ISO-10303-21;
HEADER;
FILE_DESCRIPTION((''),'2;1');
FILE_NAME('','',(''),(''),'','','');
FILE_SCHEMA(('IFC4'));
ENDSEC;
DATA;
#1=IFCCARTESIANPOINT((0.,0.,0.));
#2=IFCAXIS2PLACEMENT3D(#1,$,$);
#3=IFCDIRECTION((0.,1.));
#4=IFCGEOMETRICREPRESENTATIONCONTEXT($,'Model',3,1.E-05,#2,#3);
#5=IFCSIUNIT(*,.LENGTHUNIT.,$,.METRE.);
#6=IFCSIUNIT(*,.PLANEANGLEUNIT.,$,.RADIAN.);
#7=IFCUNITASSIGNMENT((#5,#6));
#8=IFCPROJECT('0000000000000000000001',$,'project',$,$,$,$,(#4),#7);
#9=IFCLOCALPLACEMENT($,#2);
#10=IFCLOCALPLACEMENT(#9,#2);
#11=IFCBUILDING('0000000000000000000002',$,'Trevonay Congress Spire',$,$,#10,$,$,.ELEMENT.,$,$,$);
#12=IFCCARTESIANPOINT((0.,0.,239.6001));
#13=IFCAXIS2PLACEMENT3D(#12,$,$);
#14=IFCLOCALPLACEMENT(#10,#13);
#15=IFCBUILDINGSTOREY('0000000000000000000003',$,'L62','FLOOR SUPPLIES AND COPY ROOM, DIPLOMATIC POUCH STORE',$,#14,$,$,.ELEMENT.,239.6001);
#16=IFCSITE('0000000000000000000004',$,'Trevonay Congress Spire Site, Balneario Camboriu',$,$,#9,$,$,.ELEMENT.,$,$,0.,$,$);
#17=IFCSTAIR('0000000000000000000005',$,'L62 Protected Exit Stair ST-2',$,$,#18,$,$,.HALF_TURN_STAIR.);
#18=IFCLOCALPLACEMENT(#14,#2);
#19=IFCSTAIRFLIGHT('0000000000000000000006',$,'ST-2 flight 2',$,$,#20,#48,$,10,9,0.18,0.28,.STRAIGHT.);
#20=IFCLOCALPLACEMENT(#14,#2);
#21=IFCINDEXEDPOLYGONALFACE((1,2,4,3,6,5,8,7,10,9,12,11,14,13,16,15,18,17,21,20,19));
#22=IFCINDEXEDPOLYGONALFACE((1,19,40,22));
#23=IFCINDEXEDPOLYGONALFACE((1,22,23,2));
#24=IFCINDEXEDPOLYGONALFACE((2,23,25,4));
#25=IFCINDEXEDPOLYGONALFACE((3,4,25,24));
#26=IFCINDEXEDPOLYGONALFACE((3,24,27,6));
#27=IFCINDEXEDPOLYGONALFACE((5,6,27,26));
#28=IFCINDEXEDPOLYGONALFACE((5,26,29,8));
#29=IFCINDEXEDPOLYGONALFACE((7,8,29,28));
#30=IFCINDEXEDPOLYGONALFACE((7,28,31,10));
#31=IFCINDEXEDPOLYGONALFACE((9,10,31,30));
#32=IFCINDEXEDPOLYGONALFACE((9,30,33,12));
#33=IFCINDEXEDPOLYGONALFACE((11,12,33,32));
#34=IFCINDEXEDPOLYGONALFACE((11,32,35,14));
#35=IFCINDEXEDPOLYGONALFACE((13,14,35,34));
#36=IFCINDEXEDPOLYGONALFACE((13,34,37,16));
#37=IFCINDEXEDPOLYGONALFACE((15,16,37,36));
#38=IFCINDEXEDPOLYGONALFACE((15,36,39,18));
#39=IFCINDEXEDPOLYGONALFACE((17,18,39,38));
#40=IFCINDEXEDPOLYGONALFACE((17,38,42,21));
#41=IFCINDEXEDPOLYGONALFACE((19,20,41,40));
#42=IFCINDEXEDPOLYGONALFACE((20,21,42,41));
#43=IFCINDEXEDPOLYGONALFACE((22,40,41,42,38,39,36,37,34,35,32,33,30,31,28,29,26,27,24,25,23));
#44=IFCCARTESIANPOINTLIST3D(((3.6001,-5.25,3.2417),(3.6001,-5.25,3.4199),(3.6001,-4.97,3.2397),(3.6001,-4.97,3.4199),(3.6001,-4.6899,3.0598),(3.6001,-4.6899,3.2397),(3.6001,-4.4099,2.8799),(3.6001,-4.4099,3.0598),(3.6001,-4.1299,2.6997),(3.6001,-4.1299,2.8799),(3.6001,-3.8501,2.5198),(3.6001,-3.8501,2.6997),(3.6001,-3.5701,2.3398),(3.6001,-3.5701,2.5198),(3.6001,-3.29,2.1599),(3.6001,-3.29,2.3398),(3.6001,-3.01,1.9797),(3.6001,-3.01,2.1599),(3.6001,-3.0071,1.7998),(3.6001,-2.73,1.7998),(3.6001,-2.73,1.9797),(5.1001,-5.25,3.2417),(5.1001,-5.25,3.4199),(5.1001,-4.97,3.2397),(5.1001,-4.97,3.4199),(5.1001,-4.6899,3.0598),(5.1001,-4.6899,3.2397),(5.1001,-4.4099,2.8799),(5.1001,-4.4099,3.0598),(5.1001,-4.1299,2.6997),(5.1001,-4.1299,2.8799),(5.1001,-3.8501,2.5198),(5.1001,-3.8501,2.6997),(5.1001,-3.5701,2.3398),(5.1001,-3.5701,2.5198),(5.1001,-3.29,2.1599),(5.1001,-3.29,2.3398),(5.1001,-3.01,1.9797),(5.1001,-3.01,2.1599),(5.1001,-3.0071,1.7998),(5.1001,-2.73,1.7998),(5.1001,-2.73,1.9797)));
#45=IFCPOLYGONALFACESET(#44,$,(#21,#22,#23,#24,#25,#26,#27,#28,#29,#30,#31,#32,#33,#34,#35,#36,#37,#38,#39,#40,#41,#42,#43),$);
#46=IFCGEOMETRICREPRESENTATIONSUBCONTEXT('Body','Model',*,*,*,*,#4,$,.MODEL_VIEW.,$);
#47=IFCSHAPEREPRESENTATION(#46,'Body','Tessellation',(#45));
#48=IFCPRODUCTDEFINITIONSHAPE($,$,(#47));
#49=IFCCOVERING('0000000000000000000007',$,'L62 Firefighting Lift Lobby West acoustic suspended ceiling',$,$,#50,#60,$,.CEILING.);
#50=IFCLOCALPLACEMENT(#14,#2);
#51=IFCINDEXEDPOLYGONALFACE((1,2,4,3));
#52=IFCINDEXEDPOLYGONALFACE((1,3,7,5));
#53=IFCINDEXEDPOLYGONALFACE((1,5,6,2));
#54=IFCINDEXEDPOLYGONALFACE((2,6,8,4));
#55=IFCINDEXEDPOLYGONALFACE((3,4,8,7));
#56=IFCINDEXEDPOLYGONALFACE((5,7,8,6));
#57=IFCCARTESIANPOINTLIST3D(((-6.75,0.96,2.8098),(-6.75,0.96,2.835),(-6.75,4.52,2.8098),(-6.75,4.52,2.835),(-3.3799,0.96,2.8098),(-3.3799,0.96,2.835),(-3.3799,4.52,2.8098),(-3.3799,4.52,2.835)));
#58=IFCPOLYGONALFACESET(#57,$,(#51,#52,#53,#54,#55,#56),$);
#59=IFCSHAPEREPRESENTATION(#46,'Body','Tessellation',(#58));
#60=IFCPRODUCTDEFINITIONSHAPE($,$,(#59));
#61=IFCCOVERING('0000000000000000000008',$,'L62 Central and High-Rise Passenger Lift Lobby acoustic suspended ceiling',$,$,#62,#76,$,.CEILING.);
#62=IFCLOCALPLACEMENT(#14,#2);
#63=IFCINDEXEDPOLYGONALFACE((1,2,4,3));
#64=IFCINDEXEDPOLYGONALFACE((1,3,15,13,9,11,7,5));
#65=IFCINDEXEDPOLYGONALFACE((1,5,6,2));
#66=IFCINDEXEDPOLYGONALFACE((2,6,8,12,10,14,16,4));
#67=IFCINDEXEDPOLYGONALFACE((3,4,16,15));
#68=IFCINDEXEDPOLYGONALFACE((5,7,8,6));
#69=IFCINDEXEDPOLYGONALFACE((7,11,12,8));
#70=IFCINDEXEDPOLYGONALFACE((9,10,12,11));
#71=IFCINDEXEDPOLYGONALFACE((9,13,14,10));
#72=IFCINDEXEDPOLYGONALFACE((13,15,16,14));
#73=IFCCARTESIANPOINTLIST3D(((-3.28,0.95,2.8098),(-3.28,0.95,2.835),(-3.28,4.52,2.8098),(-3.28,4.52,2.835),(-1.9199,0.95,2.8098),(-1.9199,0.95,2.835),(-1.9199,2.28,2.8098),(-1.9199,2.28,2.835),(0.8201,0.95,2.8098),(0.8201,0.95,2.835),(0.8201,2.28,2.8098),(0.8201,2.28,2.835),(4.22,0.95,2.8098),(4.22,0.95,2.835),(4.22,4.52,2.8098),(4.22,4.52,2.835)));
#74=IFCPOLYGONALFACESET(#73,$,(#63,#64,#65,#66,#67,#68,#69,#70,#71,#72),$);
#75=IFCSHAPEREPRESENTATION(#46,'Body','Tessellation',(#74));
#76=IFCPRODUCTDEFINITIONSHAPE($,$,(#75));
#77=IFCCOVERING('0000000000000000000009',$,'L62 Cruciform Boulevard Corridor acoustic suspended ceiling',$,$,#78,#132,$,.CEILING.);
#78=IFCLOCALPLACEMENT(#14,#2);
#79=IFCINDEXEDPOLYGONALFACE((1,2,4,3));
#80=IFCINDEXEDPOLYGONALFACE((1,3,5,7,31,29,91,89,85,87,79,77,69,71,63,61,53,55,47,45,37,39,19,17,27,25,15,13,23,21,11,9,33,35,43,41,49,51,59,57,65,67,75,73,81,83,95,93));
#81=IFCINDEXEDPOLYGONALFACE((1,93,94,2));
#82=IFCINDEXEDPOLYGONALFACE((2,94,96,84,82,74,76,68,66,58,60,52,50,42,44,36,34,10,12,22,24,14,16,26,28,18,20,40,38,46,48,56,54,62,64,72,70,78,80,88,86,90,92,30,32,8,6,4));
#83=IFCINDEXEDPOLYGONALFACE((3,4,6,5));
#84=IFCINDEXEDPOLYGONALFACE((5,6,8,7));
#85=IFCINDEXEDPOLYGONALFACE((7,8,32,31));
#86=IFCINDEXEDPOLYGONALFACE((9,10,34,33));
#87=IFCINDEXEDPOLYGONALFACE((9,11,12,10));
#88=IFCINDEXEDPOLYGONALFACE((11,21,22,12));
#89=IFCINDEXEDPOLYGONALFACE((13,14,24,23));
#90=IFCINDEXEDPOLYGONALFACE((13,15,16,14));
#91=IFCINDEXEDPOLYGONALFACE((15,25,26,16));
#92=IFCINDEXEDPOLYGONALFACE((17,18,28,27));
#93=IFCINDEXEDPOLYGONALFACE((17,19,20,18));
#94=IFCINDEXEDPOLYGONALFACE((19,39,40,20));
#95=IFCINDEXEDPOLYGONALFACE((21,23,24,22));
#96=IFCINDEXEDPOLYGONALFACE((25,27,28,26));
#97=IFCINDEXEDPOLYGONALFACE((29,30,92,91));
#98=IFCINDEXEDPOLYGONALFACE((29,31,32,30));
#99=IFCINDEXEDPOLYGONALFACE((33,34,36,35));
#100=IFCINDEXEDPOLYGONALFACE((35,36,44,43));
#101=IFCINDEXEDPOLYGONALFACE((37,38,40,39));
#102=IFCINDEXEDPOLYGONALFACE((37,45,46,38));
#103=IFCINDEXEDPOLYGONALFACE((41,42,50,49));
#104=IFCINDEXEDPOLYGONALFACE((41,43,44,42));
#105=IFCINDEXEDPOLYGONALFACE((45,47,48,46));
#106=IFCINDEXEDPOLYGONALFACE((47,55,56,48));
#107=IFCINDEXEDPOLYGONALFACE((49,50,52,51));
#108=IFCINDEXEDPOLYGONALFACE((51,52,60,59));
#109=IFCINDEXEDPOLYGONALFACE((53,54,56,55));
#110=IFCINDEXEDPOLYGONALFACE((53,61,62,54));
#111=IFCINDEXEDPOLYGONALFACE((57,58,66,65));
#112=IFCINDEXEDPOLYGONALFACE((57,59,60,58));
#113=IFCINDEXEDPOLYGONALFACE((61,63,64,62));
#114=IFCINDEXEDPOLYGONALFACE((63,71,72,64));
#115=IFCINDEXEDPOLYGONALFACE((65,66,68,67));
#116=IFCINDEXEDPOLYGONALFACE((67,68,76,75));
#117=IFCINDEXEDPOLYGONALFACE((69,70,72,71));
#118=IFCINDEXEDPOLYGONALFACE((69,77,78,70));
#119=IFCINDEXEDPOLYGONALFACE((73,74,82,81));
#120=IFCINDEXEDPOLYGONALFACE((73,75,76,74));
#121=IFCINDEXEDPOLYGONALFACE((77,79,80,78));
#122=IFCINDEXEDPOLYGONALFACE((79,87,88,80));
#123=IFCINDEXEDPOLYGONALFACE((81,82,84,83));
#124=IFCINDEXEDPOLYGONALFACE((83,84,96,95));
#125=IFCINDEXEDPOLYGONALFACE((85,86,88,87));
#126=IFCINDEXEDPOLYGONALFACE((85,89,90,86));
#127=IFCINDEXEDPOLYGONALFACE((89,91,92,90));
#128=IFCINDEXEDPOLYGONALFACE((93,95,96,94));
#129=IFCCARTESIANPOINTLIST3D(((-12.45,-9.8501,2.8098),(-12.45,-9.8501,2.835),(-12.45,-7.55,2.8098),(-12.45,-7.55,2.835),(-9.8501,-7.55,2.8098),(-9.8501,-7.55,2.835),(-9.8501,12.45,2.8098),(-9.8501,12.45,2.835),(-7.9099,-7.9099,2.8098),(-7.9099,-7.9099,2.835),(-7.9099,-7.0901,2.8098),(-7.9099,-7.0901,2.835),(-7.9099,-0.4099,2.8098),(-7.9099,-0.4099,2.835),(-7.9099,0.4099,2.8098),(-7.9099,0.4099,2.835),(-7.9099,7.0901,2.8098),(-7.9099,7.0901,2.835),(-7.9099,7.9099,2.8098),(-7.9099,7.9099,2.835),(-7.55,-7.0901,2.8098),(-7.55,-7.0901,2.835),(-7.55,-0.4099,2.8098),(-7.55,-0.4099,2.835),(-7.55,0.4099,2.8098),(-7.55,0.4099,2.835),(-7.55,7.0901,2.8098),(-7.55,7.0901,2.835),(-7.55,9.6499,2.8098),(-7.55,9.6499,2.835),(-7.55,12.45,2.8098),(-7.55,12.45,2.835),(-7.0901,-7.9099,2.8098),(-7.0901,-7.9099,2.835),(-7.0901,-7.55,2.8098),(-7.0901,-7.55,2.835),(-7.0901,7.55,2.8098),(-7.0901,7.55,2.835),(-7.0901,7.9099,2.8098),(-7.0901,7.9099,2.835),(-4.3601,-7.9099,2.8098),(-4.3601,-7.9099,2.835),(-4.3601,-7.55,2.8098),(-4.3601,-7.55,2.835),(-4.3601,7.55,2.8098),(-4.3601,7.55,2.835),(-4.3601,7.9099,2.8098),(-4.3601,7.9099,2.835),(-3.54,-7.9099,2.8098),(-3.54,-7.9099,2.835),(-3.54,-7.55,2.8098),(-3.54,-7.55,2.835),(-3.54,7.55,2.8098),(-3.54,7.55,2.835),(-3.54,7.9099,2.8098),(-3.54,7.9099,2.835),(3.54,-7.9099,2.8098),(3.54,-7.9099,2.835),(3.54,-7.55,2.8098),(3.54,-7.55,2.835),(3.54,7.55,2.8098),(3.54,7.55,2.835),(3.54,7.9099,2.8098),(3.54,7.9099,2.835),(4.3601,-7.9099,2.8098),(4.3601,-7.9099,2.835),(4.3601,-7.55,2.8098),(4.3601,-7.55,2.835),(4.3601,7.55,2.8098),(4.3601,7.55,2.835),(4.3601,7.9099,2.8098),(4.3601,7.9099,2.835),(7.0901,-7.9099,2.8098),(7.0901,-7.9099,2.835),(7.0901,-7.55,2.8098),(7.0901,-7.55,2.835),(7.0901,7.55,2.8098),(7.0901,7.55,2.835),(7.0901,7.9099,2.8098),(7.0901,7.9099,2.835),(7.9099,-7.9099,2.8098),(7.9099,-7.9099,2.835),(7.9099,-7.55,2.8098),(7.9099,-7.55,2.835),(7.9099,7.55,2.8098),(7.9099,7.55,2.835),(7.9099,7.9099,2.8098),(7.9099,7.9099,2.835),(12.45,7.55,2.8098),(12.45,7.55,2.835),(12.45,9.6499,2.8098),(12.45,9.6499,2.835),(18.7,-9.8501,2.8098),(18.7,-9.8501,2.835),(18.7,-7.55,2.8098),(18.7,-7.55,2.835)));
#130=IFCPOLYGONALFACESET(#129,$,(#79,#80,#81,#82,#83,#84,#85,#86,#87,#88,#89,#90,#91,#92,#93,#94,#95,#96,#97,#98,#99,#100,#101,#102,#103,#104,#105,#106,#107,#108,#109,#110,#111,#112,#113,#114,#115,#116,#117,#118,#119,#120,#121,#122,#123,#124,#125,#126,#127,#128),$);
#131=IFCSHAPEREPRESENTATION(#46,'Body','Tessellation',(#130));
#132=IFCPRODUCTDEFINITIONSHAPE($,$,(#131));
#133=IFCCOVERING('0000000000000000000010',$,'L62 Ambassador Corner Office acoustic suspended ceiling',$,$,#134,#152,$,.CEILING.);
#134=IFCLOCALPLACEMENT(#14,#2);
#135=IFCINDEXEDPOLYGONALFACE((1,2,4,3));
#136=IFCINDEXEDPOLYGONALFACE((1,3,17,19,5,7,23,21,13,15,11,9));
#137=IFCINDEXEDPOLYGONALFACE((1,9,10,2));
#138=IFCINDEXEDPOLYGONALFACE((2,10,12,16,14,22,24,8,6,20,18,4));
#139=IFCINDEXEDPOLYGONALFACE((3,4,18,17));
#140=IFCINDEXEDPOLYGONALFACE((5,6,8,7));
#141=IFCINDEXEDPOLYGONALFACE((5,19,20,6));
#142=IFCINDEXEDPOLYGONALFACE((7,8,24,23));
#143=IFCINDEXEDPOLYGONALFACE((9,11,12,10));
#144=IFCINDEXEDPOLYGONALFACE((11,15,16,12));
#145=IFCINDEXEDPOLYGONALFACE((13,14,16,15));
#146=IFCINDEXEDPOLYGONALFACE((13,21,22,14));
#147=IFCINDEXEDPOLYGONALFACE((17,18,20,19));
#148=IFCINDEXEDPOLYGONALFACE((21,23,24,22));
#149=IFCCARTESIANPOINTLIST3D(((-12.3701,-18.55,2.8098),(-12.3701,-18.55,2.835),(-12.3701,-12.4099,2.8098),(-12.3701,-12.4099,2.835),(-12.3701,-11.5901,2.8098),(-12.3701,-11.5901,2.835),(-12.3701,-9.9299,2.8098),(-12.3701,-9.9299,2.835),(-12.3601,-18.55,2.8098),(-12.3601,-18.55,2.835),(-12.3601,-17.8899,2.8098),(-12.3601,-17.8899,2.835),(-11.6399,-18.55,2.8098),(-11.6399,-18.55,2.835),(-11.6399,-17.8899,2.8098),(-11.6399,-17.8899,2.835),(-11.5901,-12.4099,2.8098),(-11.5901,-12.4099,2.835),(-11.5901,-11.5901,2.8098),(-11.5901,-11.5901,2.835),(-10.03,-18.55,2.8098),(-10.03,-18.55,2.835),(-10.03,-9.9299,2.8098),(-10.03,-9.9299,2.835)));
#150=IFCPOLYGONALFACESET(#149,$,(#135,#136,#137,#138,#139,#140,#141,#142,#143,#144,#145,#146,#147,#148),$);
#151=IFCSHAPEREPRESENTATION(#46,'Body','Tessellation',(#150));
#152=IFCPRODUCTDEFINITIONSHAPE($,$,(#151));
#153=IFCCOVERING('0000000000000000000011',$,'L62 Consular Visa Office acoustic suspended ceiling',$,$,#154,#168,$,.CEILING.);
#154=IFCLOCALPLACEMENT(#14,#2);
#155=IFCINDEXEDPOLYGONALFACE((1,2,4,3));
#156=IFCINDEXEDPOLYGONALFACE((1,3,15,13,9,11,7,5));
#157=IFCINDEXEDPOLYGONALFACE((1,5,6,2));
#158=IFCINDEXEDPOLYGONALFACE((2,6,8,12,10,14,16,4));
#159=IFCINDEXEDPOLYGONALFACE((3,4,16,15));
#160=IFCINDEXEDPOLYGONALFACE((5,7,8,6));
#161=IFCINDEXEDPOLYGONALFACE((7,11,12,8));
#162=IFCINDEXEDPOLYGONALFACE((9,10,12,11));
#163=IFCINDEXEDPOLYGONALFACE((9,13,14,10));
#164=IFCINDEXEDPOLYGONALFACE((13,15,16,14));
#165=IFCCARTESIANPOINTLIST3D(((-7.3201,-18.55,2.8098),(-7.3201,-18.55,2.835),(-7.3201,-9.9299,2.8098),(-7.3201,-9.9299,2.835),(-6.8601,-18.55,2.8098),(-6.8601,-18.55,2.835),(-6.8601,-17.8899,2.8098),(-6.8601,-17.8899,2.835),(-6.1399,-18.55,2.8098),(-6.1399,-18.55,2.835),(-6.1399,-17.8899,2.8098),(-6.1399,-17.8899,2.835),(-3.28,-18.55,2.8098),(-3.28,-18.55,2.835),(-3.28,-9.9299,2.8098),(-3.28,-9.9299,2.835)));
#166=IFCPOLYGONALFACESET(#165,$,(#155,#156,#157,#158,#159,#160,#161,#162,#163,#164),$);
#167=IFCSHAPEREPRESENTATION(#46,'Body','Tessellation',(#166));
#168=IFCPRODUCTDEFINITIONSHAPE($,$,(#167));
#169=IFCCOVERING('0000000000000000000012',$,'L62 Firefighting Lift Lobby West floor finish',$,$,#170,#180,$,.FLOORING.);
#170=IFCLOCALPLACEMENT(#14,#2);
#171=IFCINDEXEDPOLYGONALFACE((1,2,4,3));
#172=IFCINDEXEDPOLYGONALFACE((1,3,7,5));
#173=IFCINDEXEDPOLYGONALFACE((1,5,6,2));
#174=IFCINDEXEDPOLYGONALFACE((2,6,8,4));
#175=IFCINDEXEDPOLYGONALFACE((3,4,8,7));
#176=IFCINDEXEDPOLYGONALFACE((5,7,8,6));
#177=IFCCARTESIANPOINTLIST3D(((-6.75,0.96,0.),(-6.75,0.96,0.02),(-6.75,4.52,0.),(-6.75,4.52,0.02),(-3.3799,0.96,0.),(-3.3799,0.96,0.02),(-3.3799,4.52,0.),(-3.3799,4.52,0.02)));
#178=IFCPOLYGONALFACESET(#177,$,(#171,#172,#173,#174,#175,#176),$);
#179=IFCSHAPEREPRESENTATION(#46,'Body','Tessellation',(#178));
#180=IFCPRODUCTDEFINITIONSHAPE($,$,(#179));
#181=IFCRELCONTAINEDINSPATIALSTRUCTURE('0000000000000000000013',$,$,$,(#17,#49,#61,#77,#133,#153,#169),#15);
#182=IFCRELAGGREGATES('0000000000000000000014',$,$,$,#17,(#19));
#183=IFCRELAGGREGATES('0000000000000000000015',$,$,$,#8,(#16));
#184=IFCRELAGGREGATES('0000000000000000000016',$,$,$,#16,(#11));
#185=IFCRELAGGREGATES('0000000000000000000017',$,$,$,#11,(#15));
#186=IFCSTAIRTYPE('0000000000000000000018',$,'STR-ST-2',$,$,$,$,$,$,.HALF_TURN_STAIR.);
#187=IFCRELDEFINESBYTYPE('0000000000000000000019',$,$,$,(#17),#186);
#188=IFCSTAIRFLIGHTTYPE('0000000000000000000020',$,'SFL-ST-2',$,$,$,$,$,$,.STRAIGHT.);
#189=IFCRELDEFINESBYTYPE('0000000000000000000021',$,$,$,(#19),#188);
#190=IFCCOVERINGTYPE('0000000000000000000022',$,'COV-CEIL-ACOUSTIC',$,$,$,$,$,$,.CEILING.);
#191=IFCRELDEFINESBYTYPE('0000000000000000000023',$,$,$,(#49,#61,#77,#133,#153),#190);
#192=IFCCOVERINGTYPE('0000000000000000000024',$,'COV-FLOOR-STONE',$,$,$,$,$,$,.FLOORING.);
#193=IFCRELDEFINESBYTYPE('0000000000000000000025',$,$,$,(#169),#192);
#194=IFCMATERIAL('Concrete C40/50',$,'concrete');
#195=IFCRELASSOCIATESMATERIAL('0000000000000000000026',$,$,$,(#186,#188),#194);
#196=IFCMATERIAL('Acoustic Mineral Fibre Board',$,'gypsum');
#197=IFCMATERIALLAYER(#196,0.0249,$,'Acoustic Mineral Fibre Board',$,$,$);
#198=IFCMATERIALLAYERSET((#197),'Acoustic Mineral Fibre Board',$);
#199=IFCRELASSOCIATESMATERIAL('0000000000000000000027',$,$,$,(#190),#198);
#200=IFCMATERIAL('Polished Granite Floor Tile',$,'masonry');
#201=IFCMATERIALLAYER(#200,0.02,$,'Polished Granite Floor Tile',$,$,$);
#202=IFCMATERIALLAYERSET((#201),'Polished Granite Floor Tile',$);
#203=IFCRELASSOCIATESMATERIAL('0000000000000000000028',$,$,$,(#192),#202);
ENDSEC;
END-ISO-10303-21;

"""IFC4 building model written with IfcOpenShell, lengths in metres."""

from ifc_helpers import new_model, si_unit, direction, frame, origin, place, context, subcontext, project, spatial, polyline, outline, extrude, material, layer, layer_set, type_object, element, aggregate, save


model = new_model("IFC4")

# Units and contexts
model_context = context("Model", 3, precision=1e-05, world=origin(), true_north=direction((0.0, 1.0)))
body_context = subcontext(model_context, "Body", "Model", "MODEL_VIEW")
ifc_project = project(units=[si_unit("LENGTHUNIT", "METRE"), si_unit("PLANEANGLEUNIT", "RADIAN")], contexts=[model_context])

# Site, building, storey
site_placement = place(None, origin())
site = spatial("IfcSite", under=ifc_project, at=site_placement, Name="Trevonay Congress Spire Site, Balneario Camboriu", CompositionType="ELEMENT", RefElevation=0.0)
building_placement = place(site_placement, origin())
building = spatial("IfcBuilding", under=site, at=building_placement, Name="Trevonay Congress Spire", CompositionType="ELEMENT")
storey_placement = place(building_placement, frame((0.0, 0.0, 239.6001)))
storey = spatial("IfcBuildingStorey", under=building, at=storey_placement, Name="L62", Description="FLOOR SUPPLIES AND COPY ROOM, DIPLOMATIC POUCH STORE", CompositionType="ELEMENT", Elevation=239.6001)

# Shared definitions
ifc_material_1 = material(Name="Concrete C40/50", Category="concrete")

# Stair, stair flight
stair_type = type_object("IfcStairType", Name="STR-ST-2", PredefinedType="HALF_TURN_STAIR", material=ifc_material_1)
stair_placement = place(storey_placement, origin())
stair = element("IfcStair", 1, at=stair_placement, inside=storey, type_object=stair_type, Name="L62 Protected Exit Stair ST-2", PredefinedType="HALF_TURN_STAIR")
stair_flight_type = type_object("IfcStairFlightType", Name="SFL-ST-2", PredefinedType="STRAIGHT", material=ifc_material_1)
stair_flight_1_placement = place(storey_placement, frame((4.3501, -2.73, 1.7998), z_axis=(0.0, 0.0, 1.0), x_axis=(0.0, -1.0, 0.0)))
stair_flight_1 = element("IfcStairFlight", 2, at=stair_flight_1_placement, type_object=stair_flight_type, Name="ST-2 flight 2", NumberOfRisers=10, NumberOfTreads=9, PredefinedType="STRAIGHT", RiserHeight=0.18, TreadLength=0.28, context=body_context, shape_type="SweptSolid", body=[
    extrude(outline(polyline([(0.0, 0.0), (0.0, 0.1799), (0.28, 0.1799), (0.28, 0.3601), (0.5601, 0.3601), (0.5601, 0.54), (0.8401, 0.54), (0.8401, 0.72), (1.1201, 0.72), (1.1201, 0.8999), (1.3999, 0.8999), (1.3999, 1.0801), (1.6799, 1.0801), (1.6799, 1.26), (1.96, 1.26), (1.96, 1.4399), (2.24, 1.4399), (2.24, 1.6201), (2.52, 1.6201), (2.52, 1.8), (2.52, 1.4419), (0.2771, 0.0), (0.0, 0.0)])), frame((0.0, 0.75, 0.0), z_axis=(0.0, -1.0, 0.0), x_axis=(1.0, 0.0, 0.0)), (0.0, 0.0, 1.0), 1.5),
])
aggregate(stair, [stair_flight_1])

# Coverings
ifc_material_2 = material(Name="Acoustic Mineral Fibre Board", Category="gypsum")
ifc_layer_1 = layer(ifc_material_2, 0.0249, Name="Acoustic Mineral Fibre Board")
ifc_layer_set_1 = layer_set([ifc_layer_1], Name="Acoustic Mineral Fibre Board")
covering_type_1 = type_object("IfcCoveringType", Name="COV-CEIL-ACOUSTIC", PredefinedType="CEILING", material=ifc_layer_set_1)
covering_1_placement = place(storey_placement, frame((0.0, 0.0, 2.8098)))
element("IfcCovering", 3, at=covering_1_placement, inside=storey, type_object=covering_type_1, Name="L62 Firefighting Lift Lobby West acoustic suspended ceiling", PredefinedType="CEILING", context=body_context, shape_type="SweptSolid", body=[
    extrude(outline(polyline([(-6.75, 0.96), (-3.3799, 0.96), (-3.3799, 4.52), (-6.75, 4.52), (-6.75, 0.96)])), origin(), (0.0, 0.0, 1.0), 0.0251),
])
covering_2_placement = place(storey_placement, frame((0.0, 0.0, 2.8098)))
element("IfcCovering", 4, at=covering_2_placement, inside=storey, type_object=covering_type_1, Name="L62 Central and High-Rise Passenger Lift Lobby acoustic suspended ceiling", PredefinedType="CEILING", context=body_context, shape_type="SweptSolid", body=[
    extrude(outline(polyline([(-3.28, 0.95), (-1.9199, 0.95), (-1.9199, 2.28), (0.8201, 2.28), (0.8201, 0.95), (4.22, 0.95), (4.22, 4.52), (-3.28, 4.52), (-3.28, 0.95)])), origin(), (0.0, 0.0, 1.0), 0.0251),
])
covering_3_placement = place(storey_placement, frame((0.0, 0.0, 2.8098)))
element("IfcCovering", 5, at=covering_3_placement, inside=storey, type_object=covering_type_1, Name="L62 Cruciform Boulevard Corridor acoustic suspended ceiling", PredefinedType="CEILING", context=body_context, shape_type="SweptSolid", body=[
    extrude(outline(polyline([(18.7, -7.55), (18.7, -9.8501), (-12.45, -9.8501), (-12.45, -7.55), (-9.8501, -7.55), (-9.8501, 12.45), (-7.55, 12.45), (-7.55, 9.6499), (12.45, 9.6499), (12.45, 7.55), (7.9099, 7.55), (7.9099, 7.9099), (7.0901, 7.9099), (7.0901, 7.55), (4.3601, 7.55), (4.3601, 7.9099), (3.54, 7.9099), (3.54, 7.55), (-3.54, 7.55), (-3.54, 7.9099), (-4.3601, 7.9099), (-4.3601, 7.55), (-7.0901, 7.55), (-7.0901, 7.9099), (-7.9099, 7.9099), (-7.9099, 7.0901), (-7.55, 7.0901), (-7.55, 0.4099), (-7.9099, 0.4099), (-7.9099, -0.4099), (-7.55, -0.4099), (-7.55, -7.0901), (-7.9099, -7.0901), (-7.9099, -7.9099), (-7.0901, -7.9099), (-7.0901, -7.55), (-4.3601, -7.55), (-4.3601, -7.9099), (-3.54, -7.9099), (-3.54, -7.55), (3.54, -7.55), (3.54, -7.9099), (4.3601, -7.9099), (4.3601, -7.55), (7.0901, -7.55), (7.0901, -7.9099), (7.9099, -7.9099), (7.9099, -7.55), (18.7, -7.55)])), origin(), (0.0, 0.0, 1.0), 0.0251),
])
covering_4_placement = place(storey_placement, frame((0.0, 0.0, 2.8098)))
element("IfcCovering", 6, at=covering_4_placement, inside=storey, type_object=covering_type_1, Name="L62 Ambassador Corner Office acoustic suspended ceiling", PredefinedType="CEILING", context=body_context, shape_type="SweptSolid", body=[
    extrude(outline(polyline([(-12.3701, -18.55), (-12.3701, -12.4099), (-11.5901, -12.4099), (-11.5901, -11.5901), (-12.3701, -11.5901), (-12.3701, -9.9299), (-10.03, -9.9299), (-10.03, -18.55), (-11.6399, -18.55), (-11.6399, -17.8899), (-12.3601, -17.8899), (-12.3601, -18.55), (-12.3701, -18.55)])), origin(), (0.0, 0.0, 1.0), 0.0251),
])
covering_5_placement = place(storey_placement, frame((0.0, 0.0, 2.8098)))
element("IfcCovering", 7, at=covering_5_placement, inside=storey, type_object=covering_type_1, Name="L62 Consular Visa Office acoustic suspended ceiling", PredefinedType="CEILING", context=body_context, shape_type="SweptSolid", body=[
    extrude(outline(polyline([(-7.3201, -18.55), (-7.3201, -9.9299), (-3.28, -9.9299), (-3.28, -18.55), (-6.1399, -18.55), (-6.1399, -17.8899), (-6.8601, -17.8899), (-6.8601, -18.55), (-7.3201, -18.55)])), origin(), (0.0, 0.0, 1.0), 0.0251),
])
ifc_material_3 = material(Name="Polished Granite Floor Tile", Category="masonry")
ifc_layer_2 = layer(ifc_material_3, 0.02, Name="Polished Granite Floor Tile")
ifc_layer_set_2 = layer_set([ifc_layer_2], Name="Polished Granite Floor Tile")
covering_type_2 = type_object("IfcCoveringType", Name="COV-FLOOR-STONE", PredefinedType="FLOORING", material=ifc_layer_set_2)
covering_6_placement = place(storey_placement, origin())
element("IfcCovering", 8, at=covering_6_placement, inside=storey, type_object=covering_type_2, Name="L62 Firefighting Lift Lobby West floor finish", PredefinedType="FLOORING", context=body_context, shape_type="SweptSolid", body=[
    extrude(outline(polyline([(-6.75, 0.96), (-3.3799, 0.96), (-3.3799, 4.52), (-6.75, 4.52), (-6.75, 0.96)])), origin(), (0.0, 0.0, 1.0), 0.02),
])

save(model, "model.ifc")
